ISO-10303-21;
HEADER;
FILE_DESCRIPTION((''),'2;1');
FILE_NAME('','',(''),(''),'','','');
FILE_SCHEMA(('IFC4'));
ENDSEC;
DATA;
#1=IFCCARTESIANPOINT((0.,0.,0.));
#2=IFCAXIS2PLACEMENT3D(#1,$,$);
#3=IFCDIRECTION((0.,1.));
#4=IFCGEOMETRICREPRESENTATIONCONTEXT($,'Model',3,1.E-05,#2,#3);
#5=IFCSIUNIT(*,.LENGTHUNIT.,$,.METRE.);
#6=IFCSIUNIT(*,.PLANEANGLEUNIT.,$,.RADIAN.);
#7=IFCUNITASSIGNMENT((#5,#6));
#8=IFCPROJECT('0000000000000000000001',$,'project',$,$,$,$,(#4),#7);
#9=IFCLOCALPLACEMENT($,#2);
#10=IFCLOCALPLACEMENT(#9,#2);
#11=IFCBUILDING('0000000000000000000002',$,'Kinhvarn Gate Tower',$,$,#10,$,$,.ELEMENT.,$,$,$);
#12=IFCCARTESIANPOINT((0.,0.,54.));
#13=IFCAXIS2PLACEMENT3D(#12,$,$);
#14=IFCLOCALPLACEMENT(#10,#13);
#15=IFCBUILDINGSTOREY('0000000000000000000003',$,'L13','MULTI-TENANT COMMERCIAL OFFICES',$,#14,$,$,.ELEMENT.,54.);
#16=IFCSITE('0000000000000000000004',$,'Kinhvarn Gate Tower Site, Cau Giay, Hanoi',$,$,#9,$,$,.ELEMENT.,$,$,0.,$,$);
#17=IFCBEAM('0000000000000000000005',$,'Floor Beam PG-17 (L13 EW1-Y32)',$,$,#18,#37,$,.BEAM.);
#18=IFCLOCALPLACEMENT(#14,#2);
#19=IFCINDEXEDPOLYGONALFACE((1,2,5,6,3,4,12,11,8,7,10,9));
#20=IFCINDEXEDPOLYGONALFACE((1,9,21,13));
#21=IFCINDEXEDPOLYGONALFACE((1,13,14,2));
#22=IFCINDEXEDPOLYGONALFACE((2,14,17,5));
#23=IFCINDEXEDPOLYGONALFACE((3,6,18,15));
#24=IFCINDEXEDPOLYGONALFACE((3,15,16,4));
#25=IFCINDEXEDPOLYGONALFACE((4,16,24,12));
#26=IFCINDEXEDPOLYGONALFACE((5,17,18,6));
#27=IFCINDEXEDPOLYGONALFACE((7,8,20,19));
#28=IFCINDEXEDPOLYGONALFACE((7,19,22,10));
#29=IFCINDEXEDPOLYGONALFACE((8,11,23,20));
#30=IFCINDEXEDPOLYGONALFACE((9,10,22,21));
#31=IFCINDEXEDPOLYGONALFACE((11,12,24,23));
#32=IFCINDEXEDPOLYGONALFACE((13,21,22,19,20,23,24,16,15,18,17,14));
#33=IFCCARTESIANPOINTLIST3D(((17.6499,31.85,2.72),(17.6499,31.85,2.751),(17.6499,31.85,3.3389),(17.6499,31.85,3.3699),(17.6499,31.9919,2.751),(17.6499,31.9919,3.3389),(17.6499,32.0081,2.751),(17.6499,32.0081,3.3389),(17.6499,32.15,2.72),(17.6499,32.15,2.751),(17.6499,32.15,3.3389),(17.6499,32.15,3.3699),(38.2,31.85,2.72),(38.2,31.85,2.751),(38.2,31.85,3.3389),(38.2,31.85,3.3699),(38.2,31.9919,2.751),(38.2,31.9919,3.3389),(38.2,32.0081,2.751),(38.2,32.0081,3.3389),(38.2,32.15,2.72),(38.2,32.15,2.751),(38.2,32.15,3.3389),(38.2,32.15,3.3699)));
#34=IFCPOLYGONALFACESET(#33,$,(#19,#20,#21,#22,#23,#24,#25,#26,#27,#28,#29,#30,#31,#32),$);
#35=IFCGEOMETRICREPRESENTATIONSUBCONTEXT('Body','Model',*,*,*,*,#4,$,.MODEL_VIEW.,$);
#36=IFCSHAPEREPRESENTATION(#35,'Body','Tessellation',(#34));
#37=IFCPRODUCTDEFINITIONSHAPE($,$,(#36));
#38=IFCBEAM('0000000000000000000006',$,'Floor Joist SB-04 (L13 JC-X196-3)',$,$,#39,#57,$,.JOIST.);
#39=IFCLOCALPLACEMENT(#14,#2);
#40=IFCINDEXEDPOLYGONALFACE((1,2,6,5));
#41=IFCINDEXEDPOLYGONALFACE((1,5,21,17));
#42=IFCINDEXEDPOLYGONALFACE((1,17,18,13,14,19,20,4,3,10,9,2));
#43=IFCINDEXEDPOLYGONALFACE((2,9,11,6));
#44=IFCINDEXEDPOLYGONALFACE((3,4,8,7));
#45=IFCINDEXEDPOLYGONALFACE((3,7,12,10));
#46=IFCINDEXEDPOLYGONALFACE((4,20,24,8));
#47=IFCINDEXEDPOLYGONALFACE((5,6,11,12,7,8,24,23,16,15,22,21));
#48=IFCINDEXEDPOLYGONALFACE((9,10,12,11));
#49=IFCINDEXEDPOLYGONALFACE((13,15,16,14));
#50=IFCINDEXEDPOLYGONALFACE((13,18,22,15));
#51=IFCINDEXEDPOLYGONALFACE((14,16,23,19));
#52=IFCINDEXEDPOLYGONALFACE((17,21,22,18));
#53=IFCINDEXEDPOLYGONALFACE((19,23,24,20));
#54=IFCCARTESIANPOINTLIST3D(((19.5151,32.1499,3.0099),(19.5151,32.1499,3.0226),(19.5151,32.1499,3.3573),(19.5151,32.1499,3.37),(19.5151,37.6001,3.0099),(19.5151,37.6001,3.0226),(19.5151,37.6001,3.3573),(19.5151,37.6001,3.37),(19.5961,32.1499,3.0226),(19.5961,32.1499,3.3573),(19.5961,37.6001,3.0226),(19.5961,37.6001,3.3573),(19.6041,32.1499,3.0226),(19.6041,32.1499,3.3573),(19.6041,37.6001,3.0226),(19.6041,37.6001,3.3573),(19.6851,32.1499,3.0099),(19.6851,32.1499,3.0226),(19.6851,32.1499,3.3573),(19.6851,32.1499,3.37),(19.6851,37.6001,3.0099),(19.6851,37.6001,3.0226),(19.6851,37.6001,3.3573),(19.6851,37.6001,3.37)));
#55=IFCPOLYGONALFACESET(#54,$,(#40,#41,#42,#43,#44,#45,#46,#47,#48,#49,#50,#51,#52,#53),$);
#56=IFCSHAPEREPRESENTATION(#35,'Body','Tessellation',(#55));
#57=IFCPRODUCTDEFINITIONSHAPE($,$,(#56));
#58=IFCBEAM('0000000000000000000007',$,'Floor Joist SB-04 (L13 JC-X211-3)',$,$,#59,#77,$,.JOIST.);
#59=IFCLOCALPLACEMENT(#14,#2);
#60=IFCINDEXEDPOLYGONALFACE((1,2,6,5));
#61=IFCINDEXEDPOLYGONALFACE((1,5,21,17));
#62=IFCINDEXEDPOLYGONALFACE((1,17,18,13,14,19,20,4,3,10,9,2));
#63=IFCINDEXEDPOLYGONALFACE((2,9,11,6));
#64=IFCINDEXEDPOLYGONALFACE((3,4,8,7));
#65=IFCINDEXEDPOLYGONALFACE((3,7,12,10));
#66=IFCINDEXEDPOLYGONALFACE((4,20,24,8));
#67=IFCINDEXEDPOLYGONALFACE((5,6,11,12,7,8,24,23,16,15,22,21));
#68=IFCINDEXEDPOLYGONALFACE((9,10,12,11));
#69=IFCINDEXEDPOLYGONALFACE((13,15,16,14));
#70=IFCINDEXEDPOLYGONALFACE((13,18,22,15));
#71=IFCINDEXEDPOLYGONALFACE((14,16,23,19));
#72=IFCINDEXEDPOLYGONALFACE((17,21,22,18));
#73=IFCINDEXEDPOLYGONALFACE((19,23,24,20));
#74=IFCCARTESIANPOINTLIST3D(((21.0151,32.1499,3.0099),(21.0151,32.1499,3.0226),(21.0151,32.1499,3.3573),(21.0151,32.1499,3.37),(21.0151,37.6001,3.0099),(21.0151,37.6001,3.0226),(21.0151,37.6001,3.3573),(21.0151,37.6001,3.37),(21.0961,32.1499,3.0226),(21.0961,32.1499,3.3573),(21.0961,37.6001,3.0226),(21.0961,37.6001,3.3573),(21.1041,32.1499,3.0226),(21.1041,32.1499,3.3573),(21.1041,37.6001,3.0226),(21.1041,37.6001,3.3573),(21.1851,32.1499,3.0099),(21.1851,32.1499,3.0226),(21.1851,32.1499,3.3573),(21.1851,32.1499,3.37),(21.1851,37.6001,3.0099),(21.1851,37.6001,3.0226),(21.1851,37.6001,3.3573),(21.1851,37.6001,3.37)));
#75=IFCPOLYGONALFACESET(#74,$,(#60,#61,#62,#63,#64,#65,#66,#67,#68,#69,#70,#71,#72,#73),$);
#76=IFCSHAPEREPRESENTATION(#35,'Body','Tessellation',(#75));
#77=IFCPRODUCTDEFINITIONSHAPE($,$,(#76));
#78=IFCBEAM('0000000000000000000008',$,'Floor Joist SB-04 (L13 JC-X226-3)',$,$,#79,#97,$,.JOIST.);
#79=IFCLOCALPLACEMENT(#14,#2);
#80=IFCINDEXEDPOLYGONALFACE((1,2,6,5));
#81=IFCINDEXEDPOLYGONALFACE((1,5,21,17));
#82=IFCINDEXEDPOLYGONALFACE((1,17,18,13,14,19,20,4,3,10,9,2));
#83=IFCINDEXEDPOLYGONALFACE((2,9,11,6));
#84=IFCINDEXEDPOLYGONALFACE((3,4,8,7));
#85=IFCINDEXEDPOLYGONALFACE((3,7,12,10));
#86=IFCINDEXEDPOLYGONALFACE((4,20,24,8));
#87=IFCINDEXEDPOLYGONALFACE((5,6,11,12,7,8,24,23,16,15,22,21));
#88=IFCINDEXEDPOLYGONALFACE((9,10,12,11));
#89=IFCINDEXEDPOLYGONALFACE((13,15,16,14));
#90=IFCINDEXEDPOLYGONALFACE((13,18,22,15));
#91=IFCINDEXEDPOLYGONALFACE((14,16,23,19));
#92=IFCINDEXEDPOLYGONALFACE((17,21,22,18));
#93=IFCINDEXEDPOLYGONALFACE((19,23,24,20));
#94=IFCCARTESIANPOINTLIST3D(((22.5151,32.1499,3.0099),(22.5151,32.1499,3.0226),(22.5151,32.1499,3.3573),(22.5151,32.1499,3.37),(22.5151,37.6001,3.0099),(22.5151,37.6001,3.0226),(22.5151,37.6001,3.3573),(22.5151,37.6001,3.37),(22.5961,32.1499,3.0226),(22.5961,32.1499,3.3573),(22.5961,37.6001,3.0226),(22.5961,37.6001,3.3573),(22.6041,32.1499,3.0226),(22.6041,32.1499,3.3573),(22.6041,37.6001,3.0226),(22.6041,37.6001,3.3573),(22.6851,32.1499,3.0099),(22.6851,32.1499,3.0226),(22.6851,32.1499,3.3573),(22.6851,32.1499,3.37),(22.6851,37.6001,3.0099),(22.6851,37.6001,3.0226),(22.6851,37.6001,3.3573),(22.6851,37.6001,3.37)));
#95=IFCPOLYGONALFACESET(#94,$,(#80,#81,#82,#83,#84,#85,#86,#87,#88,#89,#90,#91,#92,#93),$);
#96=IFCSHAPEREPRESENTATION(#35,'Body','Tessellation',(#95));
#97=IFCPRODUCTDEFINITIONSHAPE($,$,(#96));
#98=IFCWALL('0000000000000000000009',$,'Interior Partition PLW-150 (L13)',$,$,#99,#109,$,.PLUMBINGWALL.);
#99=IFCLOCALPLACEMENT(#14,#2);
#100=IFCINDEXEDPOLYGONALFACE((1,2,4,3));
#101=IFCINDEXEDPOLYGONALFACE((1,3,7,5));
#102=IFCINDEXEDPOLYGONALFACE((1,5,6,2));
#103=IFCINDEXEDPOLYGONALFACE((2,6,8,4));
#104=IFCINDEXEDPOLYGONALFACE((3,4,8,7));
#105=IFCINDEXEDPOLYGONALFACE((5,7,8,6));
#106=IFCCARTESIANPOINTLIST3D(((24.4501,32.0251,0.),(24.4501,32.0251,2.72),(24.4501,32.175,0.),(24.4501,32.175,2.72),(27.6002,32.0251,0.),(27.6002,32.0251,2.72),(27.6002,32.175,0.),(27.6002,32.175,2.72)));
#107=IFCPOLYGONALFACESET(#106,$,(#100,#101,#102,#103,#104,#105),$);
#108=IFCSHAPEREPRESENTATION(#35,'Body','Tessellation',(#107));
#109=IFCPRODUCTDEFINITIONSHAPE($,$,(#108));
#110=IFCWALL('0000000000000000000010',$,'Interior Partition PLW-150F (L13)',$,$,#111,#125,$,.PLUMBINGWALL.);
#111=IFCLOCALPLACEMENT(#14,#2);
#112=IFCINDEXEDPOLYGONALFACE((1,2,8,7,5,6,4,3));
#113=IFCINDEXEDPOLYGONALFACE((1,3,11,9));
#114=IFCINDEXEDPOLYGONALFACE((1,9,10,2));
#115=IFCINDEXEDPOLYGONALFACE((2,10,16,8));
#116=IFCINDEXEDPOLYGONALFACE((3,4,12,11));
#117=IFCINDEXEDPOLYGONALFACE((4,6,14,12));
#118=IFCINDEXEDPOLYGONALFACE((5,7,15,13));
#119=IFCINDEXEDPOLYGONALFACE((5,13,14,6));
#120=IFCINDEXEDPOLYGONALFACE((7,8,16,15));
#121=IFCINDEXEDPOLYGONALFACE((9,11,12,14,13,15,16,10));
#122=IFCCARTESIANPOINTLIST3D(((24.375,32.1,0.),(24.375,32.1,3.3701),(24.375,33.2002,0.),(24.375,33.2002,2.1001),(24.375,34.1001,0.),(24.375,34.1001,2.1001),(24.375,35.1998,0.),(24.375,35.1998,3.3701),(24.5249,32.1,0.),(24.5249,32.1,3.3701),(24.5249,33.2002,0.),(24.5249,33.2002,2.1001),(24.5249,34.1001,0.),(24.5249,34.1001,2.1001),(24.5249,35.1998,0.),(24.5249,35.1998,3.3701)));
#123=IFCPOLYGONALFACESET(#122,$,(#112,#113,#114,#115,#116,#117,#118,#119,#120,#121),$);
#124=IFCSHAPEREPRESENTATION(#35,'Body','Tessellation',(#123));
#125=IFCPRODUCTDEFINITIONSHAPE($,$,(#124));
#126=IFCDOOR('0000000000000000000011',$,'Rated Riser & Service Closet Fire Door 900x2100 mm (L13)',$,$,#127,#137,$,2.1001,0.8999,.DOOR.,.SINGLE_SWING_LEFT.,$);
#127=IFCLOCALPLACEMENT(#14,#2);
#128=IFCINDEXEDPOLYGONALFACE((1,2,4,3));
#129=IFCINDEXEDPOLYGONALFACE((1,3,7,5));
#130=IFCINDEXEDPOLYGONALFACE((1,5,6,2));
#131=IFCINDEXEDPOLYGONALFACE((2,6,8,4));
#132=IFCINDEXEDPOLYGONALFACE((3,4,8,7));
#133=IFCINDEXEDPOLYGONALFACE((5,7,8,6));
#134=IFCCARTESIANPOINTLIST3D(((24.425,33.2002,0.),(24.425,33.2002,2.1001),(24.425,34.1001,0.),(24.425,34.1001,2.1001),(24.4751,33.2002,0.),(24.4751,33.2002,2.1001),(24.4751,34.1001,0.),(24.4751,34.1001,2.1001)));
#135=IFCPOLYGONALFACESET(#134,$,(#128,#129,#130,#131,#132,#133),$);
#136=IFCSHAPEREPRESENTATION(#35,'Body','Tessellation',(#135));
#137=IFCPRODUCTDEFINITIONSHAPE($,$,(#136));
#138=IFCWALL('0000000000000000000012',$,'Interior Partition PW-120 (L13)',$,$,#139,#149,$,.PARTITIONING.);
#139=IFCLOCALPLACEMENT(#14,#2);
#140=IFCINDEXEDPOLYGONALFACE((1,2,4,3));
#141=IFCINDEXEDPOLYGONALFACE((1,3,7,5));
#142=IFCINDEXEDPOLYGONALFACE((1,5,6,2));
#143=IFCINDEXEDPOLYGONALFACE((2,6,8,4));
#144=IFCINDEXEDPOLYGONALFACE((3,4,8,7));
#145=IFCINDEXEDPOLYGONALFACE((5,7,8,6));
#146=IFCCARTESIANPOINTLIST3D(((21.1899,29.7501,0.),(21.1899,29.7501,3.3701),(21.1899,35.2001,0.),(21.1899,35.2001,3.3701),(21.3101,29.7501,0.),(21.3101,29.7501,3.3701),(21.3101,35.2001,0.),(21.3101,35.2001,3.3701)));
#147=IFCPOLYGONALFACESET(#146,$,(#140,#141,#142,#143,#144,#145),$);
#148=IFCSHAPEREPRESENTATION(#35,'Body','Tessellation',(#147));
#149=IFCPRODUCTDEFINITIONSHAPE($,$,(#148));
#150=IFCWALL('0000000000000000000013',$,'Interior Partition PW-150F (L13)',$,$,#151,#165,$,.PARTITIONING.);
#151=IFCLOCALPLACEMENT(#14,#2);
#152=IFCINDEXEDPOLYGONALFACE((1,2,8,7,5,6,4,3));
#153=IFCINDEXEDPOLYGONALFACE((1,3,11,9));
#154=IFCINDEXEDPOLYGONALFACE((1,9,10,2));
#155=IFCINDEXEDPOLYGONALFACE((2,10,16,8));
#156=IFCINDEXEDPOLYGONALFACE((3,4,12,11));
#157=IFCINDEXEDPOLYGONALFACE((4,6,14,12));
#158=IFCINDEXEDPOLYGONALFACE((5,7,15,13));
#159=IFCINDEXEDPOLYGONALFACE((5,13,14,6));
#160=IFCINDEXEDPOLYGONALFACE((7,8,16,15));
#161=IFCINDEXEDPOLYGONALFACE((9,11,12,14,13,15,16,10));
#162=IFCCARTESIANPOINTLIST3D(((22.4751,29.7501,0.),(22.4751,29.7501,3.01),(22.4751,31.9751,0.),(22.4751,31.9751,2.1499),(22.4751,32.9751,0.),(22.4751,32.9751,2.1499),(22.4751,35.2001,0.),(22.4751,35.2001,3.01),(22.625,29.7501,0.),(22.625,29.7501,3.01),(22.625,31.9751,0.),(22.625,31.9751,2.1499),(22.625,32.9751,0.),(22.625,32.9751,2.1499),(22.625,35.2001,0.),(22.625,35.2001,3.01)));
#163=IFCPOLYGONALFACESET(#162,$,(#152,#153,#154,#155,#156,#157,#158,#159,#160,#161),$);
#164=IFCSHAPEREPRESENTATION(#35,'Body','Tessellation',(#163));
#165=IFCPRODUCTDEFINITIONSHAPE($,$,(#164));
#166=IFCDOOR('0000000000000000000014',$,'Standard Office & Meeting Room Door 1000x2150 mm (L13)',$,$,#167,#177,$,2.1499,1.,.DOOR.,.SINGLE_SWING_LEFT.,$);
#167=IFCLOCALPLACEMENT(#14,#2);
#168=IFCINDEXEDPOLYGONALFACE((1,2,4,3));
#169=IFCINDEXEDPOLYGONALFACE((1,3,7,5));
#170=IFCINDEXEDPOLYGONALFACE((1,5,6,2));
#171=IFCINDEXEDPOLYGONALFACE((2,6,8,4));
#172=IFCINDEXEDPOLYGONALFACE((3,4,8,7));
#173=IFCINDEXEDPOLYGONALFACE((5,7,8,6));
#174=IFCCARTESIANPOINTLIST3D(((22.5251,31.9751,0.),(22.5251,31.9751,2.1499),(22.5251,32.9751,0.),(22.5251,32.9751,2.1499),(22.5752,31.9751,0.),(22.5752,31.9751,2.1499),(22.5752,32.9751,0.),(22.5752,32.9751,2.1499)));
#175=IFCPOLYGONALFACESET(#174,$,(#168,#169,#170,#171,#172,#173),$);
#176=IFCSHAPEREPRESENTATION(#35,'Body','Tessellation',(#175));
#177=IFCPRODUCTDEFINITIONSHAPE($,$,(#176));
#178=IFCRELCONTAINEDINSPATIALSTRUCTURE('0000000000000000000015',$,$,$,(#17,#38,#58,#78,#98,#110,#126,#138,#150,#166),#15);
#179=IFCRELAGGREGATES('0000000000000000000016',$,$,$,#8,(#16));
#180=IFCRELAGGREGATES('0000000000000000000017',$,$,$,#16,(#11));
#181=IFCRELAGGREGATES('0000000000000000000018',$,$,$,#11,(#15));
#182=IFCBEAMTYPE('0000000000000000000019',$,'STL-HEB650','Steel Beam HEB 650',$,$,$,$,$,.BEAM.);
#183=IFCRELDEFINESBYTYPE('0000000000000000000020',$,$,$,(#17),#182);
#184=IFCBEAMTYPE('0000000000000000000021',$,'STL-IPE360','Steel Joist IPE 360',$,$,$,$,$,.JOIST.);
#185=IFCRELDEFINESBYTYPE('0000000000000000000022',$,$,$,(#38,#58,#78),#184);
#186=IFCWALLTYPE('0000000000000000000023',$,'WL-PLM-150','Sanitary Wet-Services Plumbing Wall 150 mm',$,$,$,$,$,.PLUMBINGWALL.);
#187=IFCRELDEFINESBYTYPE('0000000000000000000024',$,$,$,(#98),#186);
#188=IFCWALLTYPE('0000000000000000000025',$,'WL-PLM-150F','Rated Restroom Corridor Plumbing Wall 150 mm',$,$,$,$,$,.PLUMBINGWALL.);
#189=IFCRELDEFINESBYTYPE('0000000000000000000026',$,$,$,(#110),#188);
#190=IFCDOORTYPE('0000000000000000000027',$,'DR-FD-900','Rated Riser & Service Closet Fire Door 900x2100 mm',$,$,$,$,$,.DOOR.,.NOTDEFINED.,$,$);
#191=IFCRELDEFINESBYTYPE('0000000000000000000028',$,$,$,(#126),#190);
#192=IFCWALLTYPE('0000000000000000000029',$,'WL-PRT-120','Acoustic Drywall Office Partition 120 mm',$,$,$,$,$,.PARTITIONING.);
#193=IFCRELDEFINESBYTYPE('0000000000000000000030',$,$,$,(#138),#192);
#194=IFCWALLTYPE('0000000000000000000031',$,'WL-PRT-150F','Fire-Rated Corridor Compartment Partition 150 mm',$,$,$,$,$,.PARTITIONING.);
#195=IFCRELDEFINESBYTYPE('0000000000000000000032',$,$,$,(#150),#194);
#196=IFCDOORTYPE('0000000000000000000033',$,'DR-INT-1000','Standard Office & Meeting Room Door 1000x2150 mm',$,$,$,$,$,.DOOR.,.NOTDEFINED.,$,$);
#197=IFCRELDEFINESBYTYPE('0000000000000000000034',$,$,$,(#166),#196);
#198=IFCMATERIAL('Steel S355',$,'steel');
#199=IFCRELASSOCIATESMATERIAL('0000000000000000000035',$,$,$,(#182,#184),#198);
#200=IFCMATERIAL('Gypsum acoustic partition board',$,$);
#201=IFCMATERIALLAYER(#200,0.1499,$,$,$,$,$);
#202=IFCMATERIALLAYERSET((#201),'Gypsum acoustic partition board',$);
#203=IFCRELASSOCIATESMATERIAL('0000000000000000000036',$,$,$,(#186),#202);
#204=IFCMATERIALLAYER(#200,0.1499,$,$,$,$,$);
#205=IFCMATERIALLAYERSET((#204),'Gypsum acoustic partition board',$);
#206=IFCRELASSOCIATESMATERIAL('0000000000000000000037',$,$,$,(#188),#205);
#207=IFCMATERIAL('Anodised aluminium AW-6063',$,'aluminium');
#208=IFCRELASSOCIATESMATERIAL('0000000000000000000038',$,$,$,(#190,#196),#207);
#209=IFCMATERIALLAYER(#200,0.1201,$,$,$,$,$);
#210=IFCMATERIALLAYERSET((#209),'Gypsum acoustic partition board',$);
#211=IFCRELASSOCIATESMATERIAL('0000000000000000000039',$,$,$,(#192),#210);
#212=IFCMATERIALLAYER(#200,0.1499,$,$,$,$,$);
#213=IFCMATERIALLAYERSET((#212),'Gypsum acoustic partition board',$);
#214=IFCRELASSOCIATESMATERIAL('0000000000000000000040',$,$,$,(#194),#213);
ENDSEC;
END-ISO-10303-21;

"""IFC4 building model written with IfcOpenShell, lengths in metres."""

from ifc_helpers import new_model, si_unit, direction, frame, frame_2d, origin, origin_2d, place, context, subcontext, project, spatial, rectangle, i_section, extrude, material, layer, layer_set, material_profile, profile_set, type_object, element, fill, save


model = new_model("IFC4")

# Units and contexts
model_context = context("Model", 3, precision=1e-05, world=origin(), true_north=direction((0.0, 1.0)))
body_context = subcontext(model_context, "Body", "Model", "MODEL_VIEW")
ifc_project = project(units=[si_unit("LENGTHUNIT", "METRE"), si_unit("PLANEANGLEUNIT", "RADIAN")], contexts=[model_context])

# Site, building, storey
site_placement = place(None, origin())
site = spatial("IfcSite", under=ifc_project, at=site_placement, Name="Kinhvarn Gate Tower Site, Cau Giay, Hanoi", CompositionType="ELEMENT", RefElevation=0.0)
building_placement = place(site_placement, origin())
building = spatial("IfcBuilding", under=site, at=building_placement, Name="Kinhvarn Gate Tower", CompositionType="ELEMENT")
storey_placement = place(building_placement, frame((0.0, 0.0, 54.0)))
storey = spatial("IfcBuildingStorey", under=building, at=storey_placement, Name="L13", Description="MULTI-TENANT COMMERCIAL OFFICES", CompositionType="ELEMENT", Elevation=54.0)

# Beams
ifc_material_1 = material(Name="Steel S355", Category="steel")
ifc_material_profile_1 = material_profile(ifc_material_1, i_section(OverallWidth=0.3, OverallDepth=0.6499, WebThickness=0.0161, FlangeThickness=0.031, at=origin_2d()), Name="HEB 650")
ifc_profile_set_1 = profile_set([ifc_material_profile_1], Name="Steel S355")
beam_type_1 = type_object("IfcBeamType", Name="STL-HEB650", Description="Steel Beam HEB 650", PredefinedType="BEAM", material=ifc_profile_set_1)
beam_placement = place(storey_placement, frame((17.6499, 32.0, 3.0449), z_axis=(1.0, 0.0, 0.0), x_axis=(0.0, 1.0, 0.0)))
element("IfcBeam", 1, at=beam_placement, inside=storey, type_object=beam_type_1, Name="Floor Beam PG-17 (L13 EW1-Y32)", PredefinedType="BEAM", context=body_context, shape_type="SweptSolid", body=[
    extrude(i_section(OverallWidth=0.3, OverallDepth=0.6499, WebThickness=0.0161, FlangeThickness=0.031, at=origin_2d()), origin(), (0.0, 0.0, 1.0), 20.55),
])
ifc_material_profile_2 = material_profile(ifc_material_1, i_section(OverallWidth=0.1699, OverallDepth=0.3601, WebThickness=0.0081, FlangeThickness=0.0127, at=origin_2d()), Name="IPE 360")
ifc_profile_set_2 = profile_set([ifc_material_profile_2], Name="Steel S355")
beam_type_2 = type_object("IfcBeamType", Name="STL-IPE360", Description="Steel Joist IPE 360", PredefinedType="JOIST", material=ifc_profile_set_2)
for number, where, z_axis, x_axis, name in (
    (2, (19.6001, 32.1499, 3.1899), (0.0, 1.0, 0.0), (-1.0, 0.0, 0.0), "Floor Joist SB-04 (L13 JC-X196-3)"),
    (3, (21.1001, 32.1499, 3.1899), (0.0, 1.0, 0.0), (-1.0, 0.0, 0.0), "Floor Joist SB-04 (L13 JC-X211-3)"),
    (4, (22.6001, 32.1499, 3.1899), (0.0, 1.0, 0.0), (-1.0, 0.0, 0.0), "Floor Joist SB-04 (L13 JC-X226-3)"),
):
    element("IfcBeam", number, at=place(storey_placement, frame(where, z_axis=z_axis, x_axis=x_axis)), inside=storey, type_object=beam_type_2, Name=name, PredefinedType="JOIST", context=body_context, shape_type="SweptSolid", body=[
        extrude(i_section(OverallWidth=0.1699, OverallDepth=0.3601, WebThickness=0.0081, FlangeThickness=0.0127, at=origin_2d()), origin(), (0.0, 0.0, 1.0), 5.4502),
    ])

# Wall
ifc_material_2 = material(Name="Gypsum acoustic partition board")
ifc_layer_1 = layer(ifc_material_2, 0.1499)
ifc_layer_set_1 = layer_set([ifc_layer_1], Name="Gypsum acoustic partition board")
wall_type_1 = type_object("IfcWallType", Name="WL-PLM-150", Description="Sanitary Wet-Services Plumbing Wall 150 mm", PredefinedType="PLUMBINGWALL", material=ifc_layer_set_1)
wall_1_placement = place(storey_placement, frame((24.45, 32.1001, 0.0), z_axis=(0.0, 0.0, 1.0), x_axis=(1.0, 0.0, 0.0)))
element("IfcWall", 5, at=wall_1_placement, inside=storey, type_object=wall_type_1, Name="Interior Partition PLW-150 (L13)", PredefinedType="PLUMBINGWALL", context=body_context, shape_type="SweptSolid", body=[
    extrude(rectangle(XDim=3.1501, YDim=0.1499, at=frame_2d((1.5752, 0.0))), origin(), (0.0, 0.0, 1.0), 2.72),
])

# Wall, opening, door
ifc_layer_2 = layer(ifc_material_2, 0.1499)
ifc_layer_set_2 = layer_set([ifc_layer_2], Name="Gypsum acoustic partition board")
wall_type_2 = type_object("IfcWallType", Name="WL-PLM-150F", Description="Rated Restroom Corridor Plumbing Wall 150 mm", PredefinedType="PLUMBINGWALL", material=ifc_layer_set_2)
wall_2_placement = place(storey_placement, frame((24.45, 32.1001, 0.0), z_axis=(0.0, 0.0, 1.0), x_axis=(0.0, 1.0, 0.0)))
wall_2 = element("IfcWall", 6, at=wall_2_placement, inside=storey, type_object=wall_type_2, Name="Interior Partition PLW-150F (L13)", PredefinedType="PLUMBINGWALL", context=body_context, shape_type="SweptSolid", body=[
    extrude(rectangle(XDim=3.0999, YDim=0.1499, at=frame_2d((1.5498, 0.0))), origin(), (0.0, 0.0, 1.0), 3.3701),
])
opening_1_placement = place(wall_2_placement, frame((1.1001, 0.0, 0.0)))
opening_1 = element("IfcOpeningElement", 7, at=opening_1_placement, cuts=wall_2, PredefinedType="OPENING", context=body_context, shape_type="SweptSolid", body=[
    extrude(rectangle(XDim=0.8999, YDim=2.1001, at=frame_2d((0.45, 1.05))), frame((0.0, 0.085, 0.0), z_axis=(0.0, -1.0, 0.0), x_axis=(1.0, 0.0, 0.0)), (0.0, 0.0, 1.0), 0.1699),
])
ifc_material_3 = material(Name="Anodised aluminium AW-6063", Category="aluminium")
door_type_1 = type_object("IfcDoorType", Name="DR-FD-900", Description="Rated Riser & Service Closet Fire Door 900x2100 mm", OperationType="NOTDEFINED", PredefinedType="DOOR", material=ifc_material_3)
door_1_placement = place(opening_1_placement, origin())
door_1 = element("IfcDoor", 8, at=door_1_placement, inside=storey, type_object=door_type_1, Name="Rated Riser & Service Closet Fire Door 900x2100 mm (L13)", OperationType="SINGLE_SWING_LEFT", OverallHeight=2.1001, OverallWidth=0.8999, PredefinedType="DOOR", context=body_context, shape_type="SweptSolid", body=[
    extrude(rectangle(XDim=0.8999, YDim=2.1001, at=frame_2d((0.45, 1.05))), frame((0.0, 0.0249, 0.0), z_axis=(0.0, -1.0, 0.0), x_axis=(1.0, 0.0, 0.0)), (0.0, 0.0, 1.0), 0.05),
])
fill(opening_1, door_1)

# Wall
ifc_layer_3 = layer(ifc_material_2, 0.1201)
ifc_layer_set_3 = layer_set([ifc_layer_3], Name="Gypsum acoustic partition board")
wall_type_3 = type_object("IfcWallType", Name="WL-PRT-120", Description="Acoustic Drywall Office Partition 120 mm", PredefinedType="PARTITIONING", material=ifc_layer_set_3)
wall_3_placement = place(storey_placement, frame((21.25, 29.75, 0.0), z_axis=(0.0, 0.0, 1.0), x_axis=(0.0, 1.0, 0.0)))
element("IfcWall", 9, at=wall_3_placement, inside=storey, type_object=wall_type_3, Name="Interior Partition PW-120 (L13)", PredefinedType="PARTITIONING", context=body_context, shape_type="SweptSolid", body=[
    extrude(rectangle(XDim=5.45, YDim=0.1201, at=frame_2d((2.7251, 0.0))), origin(), (0.0, 0.0, 1.0), 3.3701),
])

# Wall, opening, door
ifc_layer_4 = layer(ifc_material_2, 0.1499)
ifc_layer_set_4 = layer_set([ifc_layer_4], Name="Gypsum acoustic partition board")
wall_type_4 = type_object("IfcWallType", Name="WL-PRT-150F", Description="Fire-Rated Corridor Compartment Partition 150 mm", PredefinedType="PARTITIONING", material=ifc_layer_set_4)
wall_4_placement = place(storey_placement, frame((22.55, 29.75, 0.0), z_axis=(0.0, 0.0, 1.0), x_axis=(0.0, 1.0, 0.0)))
wall_4 = element("IfcWall", 10, at=wall_4_placement, inside=storey, type_object=wall_type_4, Name="Interior Partition PW-150F (L13)", PredefinedType="PARTITIONING", context=body_context, shape_type="SweptSolid", body=[
    extrude(rectangle(XDim=5.45, YDim=0.1499, at=frame_2d((2.7251, 0.0))), origin(), (0.0, 0.0, 1.0), 3.01),
])
opening_2_placement = place(wall_4_placement, frame((2.2251, 0.0, 0.0)))
opening_2 = element("IfcOpeningElement", 11, at=opening_2_placement, cuts=wall_4, PredefinedType="OPENING", context=body_context, shape_type="SweptSolid", body=[
    extrude(rectangle(XDim=1.0, YDim=2.1499, at=frame_2d((0.5, 1.075))), frame((0.0, 0.085, 0.0), z_axis=(0.0, -1.0, 0.0), x_axis=(1.0, 0.0, 0.0)), (0.0, 0.0, 1.0), 0.1699),
])
door_type_2 = type_object("IfcDoorType", Name="DR-INT-1000", Description="Standard Office & Meeting Room Door 1000x2150 mm", OperationType="NOTDEFINED", PredefinedType="DOOR", material=ifc_material_3)
door_2_placement = place(opening_2_placement, origin())
door_2 = element("IfcDoor", 12, at=door_2_placement, inside=storey, type_object=door_type_2, Name="Standard Office & Meeting Room Door 1000x2150 mm (L13)", OperationType="SINGLE_SWING_LEFT", OverallHeight=2.1499, OverallWidth=1.0, PredefinedType="DOOR", context=body_context, shape_type="SweptSolid", body=[
    extrude(rectangle(XDim=1.0, YDim=2.1499, at=frame_2d((0.5, 1.075))), frame((0.0, 0.0249, 0.0), z_axis=(0.0, -1.0, 0.0), x_axis=(1.0, 0.0, 0.0)), (0.0, 0.0, 1.0), 0.05),
])
fill(opening_2, door_2)

save(model, "model.ifc")
